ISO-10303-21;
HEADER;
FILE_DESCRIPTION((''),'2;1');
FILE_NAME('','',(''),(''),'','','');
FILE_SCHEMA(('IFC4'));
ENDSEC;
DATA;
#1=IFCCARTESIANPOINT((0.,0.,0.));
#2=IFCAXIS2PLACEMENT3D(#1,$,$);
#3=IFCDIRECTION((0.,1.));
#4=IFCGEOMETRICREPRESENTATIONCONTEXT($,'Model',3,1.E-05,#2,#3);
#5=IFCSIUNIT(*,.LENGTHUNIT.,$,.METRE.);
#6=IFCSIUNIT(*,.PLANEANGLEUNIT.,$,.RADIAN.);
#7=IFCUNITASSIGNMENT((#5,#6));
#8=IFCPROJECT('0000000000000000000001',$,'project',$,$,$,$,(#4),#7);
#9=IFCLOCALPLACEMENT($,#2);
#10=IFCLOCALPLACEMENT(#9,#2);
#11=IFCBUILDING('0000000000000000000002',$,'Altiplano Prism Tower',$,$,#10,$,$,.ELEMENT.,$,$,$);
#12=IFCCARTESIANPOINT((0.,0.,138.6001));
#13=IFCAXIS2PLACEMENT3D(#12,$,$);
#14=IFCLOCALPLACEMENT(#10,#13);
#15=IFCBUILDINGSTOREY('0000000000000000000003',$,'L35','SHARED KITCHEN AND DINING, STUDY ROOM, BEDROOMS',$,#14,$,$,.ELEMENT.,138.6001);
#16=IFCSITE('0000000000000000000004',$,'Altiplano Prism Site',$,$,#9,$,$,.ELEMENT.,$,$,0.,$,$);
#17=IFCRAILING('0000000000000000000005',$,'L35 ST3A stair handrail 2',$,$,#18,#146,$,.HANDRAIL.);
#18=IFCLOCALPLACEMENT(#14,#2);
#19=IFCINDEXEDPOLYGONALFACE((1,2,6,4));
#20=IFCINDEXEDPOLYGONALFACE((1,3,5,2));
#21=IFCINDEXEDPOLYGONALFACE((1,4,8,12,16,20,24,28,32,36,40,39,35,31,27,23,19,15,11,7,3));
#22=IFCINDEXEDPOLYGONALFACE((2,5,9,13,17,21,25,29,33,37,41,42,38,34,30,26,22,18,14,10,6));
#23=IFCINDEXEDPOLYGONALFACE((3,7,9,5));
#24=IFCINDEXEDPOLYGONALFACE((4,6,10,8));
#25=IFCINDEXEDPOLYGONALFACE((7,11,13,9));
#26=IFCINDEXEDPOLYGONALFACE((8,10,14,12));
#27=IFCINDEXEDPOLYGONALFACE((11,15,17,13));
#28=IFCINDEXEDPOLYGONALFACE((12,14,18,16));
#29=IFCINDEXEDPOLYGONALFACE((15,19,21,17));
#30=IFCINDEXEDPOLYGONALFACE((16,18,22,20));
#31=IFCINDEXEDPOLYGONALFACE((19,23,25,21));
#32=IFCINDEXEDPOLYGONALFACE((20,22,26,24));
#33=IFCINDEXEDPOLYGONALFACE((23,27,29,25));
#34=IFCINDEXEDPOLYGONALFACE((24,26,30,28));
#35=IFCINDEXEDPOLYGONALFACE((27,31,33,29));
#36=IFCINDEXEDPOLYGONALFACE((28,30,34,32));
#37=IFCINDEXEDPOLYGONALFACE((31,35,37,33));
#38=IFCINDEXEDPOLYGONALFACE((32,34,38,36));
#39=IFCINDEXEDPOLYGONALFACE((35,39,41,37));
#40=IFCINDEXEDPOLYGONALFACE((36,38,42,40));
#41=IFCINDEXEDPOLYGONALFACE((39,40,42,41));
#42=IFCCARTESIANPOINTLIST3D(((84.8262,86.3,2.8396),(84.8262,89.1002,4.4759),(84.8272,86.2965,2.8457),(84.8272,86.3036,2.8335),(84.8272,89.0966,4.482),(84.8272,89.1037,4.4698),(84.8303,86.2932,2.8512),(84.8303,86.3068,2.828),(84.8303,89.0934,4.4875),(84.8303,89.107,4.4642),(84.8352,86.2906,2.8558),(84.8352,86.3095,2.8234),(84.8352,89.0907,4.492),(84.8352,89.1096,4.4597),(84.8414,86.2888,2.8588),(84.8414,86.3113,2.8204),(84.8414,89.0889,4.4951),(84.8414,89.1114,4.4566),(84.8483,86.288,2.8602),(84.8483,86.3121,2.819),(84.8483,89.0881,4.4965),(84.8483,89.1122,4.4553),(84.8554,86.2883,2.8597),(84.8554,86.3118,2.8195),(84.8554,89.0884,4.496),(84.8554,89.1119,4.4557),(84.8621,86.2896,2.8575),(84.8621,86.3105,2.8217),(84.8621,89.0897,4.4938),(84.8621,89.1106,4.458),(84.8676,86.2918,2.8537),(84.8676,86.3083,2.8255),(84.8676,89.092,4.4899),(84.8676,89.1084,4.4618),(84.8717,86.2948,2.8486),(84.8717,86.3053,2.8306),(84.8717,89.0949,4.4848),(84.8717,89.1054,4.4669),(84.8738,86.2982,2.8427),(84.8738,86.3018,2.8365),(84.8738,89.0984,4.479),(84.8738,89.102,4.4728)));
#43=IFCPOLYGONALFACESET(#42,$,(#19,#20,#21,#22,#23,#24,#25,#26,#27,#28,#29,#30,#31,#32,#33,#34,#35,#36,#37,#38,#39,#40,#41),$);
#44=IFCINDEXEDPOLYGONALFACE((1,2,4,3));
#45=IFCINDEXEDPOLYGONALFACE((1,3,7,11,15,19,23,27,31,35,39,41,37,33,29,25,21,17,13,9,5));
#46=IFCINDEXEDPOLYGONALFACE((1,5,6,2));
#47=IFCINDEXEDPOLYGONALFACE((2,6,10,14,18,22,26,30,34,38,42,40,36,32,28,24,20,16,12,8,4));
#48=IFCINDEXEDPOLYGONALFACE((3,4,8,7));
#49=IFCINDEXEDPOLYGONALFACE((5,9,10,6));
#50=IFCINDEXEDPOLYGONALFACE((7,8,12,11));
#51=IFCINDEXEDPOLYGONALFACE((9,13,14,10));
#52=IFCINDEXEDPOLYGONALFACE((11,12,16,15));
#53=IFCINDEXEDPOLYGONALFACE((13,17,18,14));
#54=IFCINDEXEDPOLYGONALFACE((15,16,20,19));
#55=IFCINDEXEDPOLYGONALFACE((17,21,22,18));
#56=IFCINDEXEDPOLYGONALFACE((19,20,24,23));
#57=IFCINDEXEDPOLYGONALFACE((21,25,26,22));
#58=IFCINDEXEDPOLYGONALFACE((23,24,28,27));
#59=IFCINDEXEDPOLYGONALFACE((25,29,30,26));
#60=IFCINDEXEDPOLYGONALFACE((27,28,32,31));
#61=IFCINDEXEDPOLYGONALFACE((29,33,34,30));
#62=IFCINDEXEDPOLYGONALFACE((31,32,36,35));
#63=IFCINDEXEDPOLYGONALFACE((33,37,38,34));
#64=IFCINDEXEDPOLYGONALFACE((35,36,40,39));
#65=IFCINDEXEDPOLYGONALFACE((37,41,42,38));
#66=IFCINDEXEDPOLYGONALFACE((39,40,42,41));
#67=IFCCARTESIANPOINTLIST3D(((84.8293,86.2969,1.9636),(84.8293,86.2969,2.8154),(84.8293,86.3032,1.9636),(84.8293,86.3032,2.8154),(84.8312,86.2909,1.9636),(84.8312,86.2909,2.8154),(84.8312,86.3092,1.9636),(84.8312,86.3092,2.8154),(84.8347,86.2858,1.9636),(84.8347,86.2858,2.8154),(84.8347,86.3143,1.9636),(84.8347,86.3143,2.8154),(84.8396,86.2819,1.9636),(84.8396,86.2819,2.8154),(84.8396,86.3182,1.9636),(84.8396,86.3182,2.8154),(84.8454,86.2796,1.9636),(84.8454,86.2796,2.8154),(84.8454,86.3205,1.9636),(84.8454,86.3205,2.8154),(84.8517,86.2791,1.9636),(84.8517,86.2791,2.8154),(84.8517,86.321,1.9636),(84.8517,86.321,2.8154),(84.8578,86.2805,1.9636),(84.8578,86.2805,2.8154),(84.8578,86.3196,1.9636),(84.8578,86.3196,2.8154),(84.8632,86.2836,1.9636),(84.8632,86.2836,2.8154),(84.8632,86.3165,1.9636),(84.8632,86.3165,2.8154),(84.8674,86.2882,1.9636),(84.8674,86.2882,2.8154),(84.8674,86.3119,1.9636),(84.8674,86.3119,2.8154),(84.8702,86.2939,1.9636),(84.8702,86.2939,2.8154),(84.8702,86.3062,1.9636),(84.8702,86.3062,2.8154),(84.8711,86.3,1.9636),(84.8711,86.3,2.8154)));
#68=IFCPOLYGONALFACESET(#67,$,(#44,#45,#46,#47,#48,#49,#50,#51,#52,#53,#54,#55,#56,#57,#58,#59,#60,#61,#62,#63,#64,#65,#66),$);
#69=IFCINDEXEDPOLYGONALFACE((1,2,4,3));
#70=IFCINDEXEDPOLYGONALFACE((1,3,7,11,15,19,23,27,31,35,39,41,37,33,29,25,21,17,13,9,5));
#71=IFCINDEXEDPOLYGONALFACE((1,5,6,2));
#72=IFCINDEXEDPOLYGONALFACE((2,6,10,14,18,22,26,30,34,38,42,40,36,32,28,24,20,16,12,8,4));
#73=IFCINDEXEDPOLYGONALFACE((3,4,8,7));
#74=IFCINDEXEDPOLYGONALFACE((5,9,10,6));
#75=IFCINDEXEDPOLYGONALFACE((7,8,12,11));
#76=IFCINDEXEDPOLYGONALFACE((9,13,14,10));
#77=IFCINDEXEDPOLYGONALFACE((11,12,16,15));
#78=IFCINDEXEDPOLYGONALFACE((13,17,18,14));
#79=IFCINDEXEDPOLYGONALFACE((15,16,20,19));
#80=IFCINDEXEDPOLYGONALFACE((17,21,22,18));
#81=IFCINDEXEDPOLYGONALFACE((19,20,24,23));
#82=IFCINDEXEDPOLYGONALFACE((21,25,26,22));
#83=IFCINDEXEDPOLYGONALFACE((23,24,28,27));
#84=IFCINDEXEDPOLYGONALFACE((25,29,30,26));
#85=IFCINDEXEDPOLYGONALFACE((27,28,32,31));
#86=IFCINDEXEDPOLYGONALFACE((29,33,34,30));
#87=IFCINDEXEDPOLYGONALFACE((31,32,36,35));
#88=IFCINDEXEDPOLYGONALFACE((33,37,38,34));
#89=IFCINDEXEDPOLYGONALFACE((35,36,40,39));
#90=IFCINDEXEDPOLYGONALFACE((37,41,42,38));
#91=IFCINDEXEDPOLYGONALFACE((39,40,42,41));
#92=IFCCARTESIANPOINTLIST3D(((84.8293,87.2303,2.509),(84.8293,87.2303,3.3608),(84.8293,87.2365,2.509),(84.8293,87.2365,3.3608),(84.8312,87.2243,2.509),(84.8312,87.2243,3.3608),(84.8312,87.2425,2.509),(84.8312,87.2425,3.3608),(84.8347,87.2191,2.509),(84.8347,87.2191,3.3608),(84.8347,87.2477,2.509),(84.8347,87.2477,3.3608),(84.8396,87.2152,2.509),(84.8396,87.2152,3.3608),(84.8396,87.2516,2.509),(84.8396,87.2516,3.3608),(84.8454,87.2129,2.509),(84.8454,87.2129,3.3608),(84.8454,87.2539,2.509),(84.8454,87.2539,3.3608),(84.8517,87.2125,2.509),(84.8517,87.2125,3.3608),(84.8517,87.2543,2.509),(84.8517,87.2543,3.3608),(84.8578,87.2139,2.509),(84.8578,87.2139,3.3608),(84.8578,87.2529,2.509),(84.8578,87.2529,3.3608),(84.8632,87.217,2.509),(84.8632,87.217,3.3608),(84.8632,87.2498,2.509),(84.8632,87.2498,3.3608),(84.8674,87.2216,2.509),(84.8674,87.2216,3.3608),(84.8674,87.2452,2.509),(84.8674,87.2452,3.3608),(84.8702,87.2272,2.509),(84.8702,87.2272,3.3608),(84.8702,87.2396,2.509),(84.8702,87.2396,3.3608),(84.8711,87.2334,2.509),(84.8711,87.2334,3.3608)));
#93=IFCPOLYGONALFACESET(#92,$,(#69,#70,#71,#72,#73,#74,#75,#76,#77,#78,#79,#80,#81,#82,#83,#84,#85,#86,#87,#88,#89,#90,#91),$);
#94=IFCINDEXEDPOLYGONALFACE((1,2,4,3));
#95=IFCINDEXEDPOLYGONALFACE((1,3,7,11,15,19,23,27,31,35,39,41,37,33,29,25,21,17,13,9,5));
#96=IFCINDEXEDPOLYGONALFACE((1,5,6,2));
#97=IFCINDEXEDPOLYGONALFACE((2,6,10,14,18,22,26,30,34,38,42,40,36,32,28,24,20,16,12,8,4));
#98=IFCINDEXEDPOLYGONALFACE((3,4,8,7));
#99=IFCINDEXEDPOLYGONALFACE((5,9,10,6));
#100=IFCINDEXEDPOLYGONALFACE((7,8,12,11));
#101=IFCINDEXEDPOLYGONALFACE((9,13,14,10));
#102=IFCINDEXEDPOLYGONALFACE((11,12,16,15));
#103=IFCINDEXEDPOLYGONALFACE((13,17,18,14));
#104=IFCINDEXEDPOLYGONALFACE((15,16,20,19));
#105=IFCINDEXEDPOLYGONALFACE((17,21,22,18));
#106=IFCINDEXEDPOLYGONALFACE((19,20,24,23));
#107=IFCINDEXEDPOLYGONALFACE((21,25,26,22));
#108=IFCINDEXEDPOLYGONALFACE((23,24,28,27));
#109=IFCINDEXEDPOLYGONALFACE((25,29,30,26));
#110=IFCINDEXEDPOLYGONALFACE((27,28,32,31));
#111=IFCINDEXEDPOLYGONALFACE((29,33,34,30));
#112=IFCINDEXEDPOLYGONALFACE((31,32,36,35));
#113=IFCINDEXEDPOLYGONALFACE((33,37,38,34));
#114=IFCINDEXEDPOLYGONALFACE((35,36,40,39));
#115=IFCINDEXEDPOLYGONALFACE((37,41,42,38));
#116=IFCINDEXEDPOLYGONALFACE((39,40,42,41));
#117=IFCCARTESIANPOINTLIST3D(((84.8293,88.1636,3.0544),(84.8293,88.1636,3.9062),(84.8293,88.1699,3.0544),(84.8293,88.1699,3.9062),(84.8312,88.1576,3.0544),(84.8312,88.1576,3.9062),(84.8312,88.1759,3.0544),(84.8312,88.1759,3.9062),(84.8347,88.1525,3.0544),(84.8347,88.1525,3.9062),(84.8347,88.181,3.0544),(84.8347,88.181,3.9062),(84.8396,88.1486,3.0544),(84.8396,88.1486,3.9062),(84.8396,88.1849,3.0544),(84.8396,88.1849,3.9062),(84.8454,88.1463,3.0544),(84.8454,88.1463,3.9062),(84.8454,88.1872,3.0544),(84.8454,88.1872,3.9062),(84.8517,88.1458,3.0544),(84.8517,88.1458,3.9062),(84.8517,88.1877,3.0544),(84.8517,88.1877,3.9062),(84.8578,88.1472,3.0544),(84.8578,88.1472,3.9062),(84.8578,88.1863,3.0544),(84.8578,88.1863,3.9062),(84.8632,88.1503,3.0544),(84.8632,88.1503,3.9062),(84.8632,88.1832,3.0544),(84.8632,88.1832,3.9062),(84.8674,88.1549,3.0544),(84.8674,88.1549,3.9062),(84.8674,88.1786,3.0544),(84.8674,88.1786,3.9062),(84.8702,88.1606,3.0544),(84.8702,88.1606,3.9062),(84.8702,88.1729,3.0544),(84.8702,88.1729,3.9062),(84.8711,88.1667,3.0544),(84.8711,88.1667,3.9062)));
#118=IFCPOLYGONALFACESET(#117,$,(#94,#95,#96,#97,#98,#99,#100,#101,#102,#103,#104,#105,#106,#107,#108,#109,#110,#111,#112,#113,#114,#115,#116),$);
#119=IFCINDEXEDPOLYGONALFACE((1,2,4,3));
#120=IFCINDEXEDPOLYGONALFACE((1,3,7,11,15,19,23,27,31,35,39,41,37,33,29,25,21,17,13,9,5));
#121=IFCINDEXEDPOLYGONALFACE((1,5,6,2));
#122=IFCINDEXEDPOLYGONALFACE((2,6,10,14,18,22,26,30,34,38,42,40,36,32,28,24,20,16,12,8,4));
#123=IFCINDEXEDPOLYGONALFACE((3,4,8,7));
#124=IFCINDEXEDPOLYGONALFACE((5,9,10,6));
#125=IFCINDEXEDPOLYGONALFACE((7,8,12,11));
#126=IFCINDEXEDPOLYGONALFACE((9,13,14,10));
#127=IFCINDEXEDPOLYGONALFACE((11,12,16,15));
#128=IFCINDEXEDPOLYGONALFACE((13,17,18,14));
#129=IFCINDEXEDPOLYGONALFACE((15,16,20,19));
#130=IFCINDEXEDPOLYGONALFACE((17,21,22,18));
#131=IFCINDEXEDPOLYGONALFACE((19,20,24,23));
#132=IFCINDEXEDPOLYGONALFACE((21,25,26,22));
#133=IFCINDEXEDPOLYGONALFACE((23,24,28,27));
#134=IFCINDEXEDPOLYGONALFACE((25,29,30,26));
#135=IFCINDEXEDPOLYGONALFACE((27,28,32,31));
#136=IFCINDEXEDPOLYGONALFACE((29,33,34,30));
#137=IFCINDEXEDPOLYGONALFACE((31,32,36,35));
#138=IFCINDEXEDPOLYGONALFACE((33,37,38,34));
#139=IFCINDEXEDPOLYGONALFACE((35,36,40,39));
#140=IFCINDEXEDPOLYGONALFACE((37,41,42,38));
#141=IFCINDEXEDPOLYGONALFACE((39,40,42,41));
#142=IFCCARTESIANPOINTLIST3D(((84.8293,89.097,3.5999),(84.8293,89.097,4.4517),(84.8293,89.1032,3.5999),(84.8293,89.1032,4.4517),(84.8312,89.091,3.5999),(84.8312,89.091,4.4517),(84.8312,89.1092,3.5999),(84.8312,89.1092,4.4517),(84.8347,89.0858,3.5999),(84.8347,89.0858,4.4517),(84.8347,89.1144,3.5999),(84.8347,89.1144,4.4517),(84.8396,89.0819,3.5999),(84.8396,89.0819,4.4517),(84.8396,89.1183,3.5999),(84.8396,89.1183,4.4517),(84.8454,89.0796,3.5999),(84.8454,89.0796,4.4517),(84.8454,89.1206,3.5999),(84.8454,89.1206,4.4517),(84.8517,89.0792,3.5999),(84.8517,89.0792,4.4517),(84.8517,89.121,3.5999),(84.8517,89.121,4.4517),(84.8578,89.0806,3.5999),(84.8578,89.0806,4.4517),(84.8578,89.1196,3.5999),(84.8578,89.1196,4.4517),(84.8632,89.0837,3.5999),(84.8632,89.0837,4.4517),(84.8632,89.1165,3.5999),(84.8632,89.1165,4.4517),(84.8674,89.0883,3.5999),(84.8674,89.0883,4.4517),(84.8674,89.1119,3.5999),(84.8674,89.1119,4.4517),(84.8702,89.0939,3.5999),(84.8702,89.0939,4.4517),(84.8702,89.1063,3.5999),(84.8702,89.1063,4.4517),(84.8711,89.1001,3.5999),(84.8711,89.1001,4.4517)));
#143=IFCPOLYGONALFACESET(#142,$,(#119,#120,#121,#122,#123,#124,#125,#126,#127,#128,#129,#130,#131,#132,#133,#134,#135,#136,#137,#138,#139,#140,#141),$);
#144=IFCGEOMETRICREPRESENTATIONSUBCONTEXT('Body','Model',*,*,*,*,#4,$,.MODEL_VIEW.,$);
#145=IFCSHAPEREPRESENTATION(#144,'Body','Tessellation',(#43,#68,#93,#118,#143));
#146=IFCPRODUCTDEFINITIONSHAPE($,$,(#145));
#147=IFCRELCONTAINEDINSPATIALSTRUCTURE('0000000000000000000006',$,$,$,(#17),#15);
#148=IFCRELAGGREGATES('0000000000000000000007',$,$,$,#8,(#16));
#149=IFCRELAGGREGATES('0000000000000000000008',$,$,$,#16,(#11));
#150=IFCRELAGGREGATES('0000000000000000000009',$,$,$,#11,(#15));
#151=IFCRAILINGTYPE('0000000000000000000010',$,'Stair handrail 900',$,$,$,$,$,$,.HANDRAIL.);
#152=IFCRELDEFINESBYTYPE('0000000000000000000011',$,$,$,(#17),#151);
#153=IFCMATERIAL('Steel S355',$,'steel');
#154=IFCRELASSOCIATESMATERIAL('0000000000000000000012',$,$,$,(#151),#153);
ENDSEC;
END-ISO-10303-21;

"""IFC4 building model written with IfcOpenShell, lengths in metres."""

from ifc_helpers import new_model, si_unit, direction, frame, origin, origin_2d, place, context, subcontext, project, spatial, circle, extrude, material, type_object, element, save


model = new_model("IFC4")

# Units and contexts
model_context = context("Model", 3, precision=1e-05, world=origin(), true_north=direction((0.0, 1.0)))
body_context = subcontext(model_context, "Body", "Model", "MODEL_VIEW")
ifc_project = project(units=[si_unit("LENGTHUNIT", "METRE"), si_unit("PLANEANGLEUNIT", "RADIAN")], contexts=[model_context])

# Site, building, storey
site_placement = place(None, origin())
site = spatial("IfcSite", under=ifc_project, at=site_placement, Name="Altiplano Prism Site", CompositionType="ELEMENT", RefElevation=0.0)
building_placement = place(site_placement, origin())
building = spatial("IfcBuilding", under=site, at=building_placement, Name="Altiplano Prism Tower", CompositionType="ELEMENT")
storey_placement = place(building_placement, frame((0.0, 0.0, 138.6001)))
storey = spatial("IfcBuildingStorey", under=building, at=storey_placement, Name="L35", Description="SHARED KITCHEN AND DINING, STUDY ROOM, BEDROOMS", CompositionType="ELEMENT", Elevation=138.6001)

# Railing
ifc_material_1 = material(Name="Steel S355", Category="steel")
railing_type_1 = type_object("IfcRailingType", Name="Stair handrail 900", PredefinedType="HANDRAIL", material=ifc_material_1)
railing_1_placement = place(storey_placement, frame((84.8501, 86.3, 1.9636)))
element("IfcRailing", 1, at=railing_1_placement, inside=storey, type_object=railing_type_1, Name="L35 ST3A stair handrail 2", PredefinedType="HANDRAIL", context=body_context, shape_type="SweptSolid", body=[
    extrude(circle(Radius=0.0239, at=origin_2d()), frame((0.0, 0.0, 0.876), z_axis=(0.0, 0.863394, 0.504531), x_axis=(-1.0, 0.0, 0.0)), (0.0, 0.0, 1.0), 3.2432),
    extrude(circle(Radius=0.021, at=origin_2d()), origin(), (0.0, 0.0, 1.0), 0.8518),
    extrude(circle(Radius=0.021, at=origin_2d()), frame((0.0, 0.9333, 0.5454)), (0.0, 0.0, 1.0), 0.8518),
    extrude(circle(Radius=0.021, at=origin_2d()), frame((0.0, 1.8667, 1.0908)), (0.0, 0.0, 1.0), 0.8518),
    extrude(circle(Radius=0.021, at=origin_2d()), frame((0.0, 2.8, 1.6362)), (0.0, 0.0, 1.0), 0.8518),
])

save(model, "model.ifc")
